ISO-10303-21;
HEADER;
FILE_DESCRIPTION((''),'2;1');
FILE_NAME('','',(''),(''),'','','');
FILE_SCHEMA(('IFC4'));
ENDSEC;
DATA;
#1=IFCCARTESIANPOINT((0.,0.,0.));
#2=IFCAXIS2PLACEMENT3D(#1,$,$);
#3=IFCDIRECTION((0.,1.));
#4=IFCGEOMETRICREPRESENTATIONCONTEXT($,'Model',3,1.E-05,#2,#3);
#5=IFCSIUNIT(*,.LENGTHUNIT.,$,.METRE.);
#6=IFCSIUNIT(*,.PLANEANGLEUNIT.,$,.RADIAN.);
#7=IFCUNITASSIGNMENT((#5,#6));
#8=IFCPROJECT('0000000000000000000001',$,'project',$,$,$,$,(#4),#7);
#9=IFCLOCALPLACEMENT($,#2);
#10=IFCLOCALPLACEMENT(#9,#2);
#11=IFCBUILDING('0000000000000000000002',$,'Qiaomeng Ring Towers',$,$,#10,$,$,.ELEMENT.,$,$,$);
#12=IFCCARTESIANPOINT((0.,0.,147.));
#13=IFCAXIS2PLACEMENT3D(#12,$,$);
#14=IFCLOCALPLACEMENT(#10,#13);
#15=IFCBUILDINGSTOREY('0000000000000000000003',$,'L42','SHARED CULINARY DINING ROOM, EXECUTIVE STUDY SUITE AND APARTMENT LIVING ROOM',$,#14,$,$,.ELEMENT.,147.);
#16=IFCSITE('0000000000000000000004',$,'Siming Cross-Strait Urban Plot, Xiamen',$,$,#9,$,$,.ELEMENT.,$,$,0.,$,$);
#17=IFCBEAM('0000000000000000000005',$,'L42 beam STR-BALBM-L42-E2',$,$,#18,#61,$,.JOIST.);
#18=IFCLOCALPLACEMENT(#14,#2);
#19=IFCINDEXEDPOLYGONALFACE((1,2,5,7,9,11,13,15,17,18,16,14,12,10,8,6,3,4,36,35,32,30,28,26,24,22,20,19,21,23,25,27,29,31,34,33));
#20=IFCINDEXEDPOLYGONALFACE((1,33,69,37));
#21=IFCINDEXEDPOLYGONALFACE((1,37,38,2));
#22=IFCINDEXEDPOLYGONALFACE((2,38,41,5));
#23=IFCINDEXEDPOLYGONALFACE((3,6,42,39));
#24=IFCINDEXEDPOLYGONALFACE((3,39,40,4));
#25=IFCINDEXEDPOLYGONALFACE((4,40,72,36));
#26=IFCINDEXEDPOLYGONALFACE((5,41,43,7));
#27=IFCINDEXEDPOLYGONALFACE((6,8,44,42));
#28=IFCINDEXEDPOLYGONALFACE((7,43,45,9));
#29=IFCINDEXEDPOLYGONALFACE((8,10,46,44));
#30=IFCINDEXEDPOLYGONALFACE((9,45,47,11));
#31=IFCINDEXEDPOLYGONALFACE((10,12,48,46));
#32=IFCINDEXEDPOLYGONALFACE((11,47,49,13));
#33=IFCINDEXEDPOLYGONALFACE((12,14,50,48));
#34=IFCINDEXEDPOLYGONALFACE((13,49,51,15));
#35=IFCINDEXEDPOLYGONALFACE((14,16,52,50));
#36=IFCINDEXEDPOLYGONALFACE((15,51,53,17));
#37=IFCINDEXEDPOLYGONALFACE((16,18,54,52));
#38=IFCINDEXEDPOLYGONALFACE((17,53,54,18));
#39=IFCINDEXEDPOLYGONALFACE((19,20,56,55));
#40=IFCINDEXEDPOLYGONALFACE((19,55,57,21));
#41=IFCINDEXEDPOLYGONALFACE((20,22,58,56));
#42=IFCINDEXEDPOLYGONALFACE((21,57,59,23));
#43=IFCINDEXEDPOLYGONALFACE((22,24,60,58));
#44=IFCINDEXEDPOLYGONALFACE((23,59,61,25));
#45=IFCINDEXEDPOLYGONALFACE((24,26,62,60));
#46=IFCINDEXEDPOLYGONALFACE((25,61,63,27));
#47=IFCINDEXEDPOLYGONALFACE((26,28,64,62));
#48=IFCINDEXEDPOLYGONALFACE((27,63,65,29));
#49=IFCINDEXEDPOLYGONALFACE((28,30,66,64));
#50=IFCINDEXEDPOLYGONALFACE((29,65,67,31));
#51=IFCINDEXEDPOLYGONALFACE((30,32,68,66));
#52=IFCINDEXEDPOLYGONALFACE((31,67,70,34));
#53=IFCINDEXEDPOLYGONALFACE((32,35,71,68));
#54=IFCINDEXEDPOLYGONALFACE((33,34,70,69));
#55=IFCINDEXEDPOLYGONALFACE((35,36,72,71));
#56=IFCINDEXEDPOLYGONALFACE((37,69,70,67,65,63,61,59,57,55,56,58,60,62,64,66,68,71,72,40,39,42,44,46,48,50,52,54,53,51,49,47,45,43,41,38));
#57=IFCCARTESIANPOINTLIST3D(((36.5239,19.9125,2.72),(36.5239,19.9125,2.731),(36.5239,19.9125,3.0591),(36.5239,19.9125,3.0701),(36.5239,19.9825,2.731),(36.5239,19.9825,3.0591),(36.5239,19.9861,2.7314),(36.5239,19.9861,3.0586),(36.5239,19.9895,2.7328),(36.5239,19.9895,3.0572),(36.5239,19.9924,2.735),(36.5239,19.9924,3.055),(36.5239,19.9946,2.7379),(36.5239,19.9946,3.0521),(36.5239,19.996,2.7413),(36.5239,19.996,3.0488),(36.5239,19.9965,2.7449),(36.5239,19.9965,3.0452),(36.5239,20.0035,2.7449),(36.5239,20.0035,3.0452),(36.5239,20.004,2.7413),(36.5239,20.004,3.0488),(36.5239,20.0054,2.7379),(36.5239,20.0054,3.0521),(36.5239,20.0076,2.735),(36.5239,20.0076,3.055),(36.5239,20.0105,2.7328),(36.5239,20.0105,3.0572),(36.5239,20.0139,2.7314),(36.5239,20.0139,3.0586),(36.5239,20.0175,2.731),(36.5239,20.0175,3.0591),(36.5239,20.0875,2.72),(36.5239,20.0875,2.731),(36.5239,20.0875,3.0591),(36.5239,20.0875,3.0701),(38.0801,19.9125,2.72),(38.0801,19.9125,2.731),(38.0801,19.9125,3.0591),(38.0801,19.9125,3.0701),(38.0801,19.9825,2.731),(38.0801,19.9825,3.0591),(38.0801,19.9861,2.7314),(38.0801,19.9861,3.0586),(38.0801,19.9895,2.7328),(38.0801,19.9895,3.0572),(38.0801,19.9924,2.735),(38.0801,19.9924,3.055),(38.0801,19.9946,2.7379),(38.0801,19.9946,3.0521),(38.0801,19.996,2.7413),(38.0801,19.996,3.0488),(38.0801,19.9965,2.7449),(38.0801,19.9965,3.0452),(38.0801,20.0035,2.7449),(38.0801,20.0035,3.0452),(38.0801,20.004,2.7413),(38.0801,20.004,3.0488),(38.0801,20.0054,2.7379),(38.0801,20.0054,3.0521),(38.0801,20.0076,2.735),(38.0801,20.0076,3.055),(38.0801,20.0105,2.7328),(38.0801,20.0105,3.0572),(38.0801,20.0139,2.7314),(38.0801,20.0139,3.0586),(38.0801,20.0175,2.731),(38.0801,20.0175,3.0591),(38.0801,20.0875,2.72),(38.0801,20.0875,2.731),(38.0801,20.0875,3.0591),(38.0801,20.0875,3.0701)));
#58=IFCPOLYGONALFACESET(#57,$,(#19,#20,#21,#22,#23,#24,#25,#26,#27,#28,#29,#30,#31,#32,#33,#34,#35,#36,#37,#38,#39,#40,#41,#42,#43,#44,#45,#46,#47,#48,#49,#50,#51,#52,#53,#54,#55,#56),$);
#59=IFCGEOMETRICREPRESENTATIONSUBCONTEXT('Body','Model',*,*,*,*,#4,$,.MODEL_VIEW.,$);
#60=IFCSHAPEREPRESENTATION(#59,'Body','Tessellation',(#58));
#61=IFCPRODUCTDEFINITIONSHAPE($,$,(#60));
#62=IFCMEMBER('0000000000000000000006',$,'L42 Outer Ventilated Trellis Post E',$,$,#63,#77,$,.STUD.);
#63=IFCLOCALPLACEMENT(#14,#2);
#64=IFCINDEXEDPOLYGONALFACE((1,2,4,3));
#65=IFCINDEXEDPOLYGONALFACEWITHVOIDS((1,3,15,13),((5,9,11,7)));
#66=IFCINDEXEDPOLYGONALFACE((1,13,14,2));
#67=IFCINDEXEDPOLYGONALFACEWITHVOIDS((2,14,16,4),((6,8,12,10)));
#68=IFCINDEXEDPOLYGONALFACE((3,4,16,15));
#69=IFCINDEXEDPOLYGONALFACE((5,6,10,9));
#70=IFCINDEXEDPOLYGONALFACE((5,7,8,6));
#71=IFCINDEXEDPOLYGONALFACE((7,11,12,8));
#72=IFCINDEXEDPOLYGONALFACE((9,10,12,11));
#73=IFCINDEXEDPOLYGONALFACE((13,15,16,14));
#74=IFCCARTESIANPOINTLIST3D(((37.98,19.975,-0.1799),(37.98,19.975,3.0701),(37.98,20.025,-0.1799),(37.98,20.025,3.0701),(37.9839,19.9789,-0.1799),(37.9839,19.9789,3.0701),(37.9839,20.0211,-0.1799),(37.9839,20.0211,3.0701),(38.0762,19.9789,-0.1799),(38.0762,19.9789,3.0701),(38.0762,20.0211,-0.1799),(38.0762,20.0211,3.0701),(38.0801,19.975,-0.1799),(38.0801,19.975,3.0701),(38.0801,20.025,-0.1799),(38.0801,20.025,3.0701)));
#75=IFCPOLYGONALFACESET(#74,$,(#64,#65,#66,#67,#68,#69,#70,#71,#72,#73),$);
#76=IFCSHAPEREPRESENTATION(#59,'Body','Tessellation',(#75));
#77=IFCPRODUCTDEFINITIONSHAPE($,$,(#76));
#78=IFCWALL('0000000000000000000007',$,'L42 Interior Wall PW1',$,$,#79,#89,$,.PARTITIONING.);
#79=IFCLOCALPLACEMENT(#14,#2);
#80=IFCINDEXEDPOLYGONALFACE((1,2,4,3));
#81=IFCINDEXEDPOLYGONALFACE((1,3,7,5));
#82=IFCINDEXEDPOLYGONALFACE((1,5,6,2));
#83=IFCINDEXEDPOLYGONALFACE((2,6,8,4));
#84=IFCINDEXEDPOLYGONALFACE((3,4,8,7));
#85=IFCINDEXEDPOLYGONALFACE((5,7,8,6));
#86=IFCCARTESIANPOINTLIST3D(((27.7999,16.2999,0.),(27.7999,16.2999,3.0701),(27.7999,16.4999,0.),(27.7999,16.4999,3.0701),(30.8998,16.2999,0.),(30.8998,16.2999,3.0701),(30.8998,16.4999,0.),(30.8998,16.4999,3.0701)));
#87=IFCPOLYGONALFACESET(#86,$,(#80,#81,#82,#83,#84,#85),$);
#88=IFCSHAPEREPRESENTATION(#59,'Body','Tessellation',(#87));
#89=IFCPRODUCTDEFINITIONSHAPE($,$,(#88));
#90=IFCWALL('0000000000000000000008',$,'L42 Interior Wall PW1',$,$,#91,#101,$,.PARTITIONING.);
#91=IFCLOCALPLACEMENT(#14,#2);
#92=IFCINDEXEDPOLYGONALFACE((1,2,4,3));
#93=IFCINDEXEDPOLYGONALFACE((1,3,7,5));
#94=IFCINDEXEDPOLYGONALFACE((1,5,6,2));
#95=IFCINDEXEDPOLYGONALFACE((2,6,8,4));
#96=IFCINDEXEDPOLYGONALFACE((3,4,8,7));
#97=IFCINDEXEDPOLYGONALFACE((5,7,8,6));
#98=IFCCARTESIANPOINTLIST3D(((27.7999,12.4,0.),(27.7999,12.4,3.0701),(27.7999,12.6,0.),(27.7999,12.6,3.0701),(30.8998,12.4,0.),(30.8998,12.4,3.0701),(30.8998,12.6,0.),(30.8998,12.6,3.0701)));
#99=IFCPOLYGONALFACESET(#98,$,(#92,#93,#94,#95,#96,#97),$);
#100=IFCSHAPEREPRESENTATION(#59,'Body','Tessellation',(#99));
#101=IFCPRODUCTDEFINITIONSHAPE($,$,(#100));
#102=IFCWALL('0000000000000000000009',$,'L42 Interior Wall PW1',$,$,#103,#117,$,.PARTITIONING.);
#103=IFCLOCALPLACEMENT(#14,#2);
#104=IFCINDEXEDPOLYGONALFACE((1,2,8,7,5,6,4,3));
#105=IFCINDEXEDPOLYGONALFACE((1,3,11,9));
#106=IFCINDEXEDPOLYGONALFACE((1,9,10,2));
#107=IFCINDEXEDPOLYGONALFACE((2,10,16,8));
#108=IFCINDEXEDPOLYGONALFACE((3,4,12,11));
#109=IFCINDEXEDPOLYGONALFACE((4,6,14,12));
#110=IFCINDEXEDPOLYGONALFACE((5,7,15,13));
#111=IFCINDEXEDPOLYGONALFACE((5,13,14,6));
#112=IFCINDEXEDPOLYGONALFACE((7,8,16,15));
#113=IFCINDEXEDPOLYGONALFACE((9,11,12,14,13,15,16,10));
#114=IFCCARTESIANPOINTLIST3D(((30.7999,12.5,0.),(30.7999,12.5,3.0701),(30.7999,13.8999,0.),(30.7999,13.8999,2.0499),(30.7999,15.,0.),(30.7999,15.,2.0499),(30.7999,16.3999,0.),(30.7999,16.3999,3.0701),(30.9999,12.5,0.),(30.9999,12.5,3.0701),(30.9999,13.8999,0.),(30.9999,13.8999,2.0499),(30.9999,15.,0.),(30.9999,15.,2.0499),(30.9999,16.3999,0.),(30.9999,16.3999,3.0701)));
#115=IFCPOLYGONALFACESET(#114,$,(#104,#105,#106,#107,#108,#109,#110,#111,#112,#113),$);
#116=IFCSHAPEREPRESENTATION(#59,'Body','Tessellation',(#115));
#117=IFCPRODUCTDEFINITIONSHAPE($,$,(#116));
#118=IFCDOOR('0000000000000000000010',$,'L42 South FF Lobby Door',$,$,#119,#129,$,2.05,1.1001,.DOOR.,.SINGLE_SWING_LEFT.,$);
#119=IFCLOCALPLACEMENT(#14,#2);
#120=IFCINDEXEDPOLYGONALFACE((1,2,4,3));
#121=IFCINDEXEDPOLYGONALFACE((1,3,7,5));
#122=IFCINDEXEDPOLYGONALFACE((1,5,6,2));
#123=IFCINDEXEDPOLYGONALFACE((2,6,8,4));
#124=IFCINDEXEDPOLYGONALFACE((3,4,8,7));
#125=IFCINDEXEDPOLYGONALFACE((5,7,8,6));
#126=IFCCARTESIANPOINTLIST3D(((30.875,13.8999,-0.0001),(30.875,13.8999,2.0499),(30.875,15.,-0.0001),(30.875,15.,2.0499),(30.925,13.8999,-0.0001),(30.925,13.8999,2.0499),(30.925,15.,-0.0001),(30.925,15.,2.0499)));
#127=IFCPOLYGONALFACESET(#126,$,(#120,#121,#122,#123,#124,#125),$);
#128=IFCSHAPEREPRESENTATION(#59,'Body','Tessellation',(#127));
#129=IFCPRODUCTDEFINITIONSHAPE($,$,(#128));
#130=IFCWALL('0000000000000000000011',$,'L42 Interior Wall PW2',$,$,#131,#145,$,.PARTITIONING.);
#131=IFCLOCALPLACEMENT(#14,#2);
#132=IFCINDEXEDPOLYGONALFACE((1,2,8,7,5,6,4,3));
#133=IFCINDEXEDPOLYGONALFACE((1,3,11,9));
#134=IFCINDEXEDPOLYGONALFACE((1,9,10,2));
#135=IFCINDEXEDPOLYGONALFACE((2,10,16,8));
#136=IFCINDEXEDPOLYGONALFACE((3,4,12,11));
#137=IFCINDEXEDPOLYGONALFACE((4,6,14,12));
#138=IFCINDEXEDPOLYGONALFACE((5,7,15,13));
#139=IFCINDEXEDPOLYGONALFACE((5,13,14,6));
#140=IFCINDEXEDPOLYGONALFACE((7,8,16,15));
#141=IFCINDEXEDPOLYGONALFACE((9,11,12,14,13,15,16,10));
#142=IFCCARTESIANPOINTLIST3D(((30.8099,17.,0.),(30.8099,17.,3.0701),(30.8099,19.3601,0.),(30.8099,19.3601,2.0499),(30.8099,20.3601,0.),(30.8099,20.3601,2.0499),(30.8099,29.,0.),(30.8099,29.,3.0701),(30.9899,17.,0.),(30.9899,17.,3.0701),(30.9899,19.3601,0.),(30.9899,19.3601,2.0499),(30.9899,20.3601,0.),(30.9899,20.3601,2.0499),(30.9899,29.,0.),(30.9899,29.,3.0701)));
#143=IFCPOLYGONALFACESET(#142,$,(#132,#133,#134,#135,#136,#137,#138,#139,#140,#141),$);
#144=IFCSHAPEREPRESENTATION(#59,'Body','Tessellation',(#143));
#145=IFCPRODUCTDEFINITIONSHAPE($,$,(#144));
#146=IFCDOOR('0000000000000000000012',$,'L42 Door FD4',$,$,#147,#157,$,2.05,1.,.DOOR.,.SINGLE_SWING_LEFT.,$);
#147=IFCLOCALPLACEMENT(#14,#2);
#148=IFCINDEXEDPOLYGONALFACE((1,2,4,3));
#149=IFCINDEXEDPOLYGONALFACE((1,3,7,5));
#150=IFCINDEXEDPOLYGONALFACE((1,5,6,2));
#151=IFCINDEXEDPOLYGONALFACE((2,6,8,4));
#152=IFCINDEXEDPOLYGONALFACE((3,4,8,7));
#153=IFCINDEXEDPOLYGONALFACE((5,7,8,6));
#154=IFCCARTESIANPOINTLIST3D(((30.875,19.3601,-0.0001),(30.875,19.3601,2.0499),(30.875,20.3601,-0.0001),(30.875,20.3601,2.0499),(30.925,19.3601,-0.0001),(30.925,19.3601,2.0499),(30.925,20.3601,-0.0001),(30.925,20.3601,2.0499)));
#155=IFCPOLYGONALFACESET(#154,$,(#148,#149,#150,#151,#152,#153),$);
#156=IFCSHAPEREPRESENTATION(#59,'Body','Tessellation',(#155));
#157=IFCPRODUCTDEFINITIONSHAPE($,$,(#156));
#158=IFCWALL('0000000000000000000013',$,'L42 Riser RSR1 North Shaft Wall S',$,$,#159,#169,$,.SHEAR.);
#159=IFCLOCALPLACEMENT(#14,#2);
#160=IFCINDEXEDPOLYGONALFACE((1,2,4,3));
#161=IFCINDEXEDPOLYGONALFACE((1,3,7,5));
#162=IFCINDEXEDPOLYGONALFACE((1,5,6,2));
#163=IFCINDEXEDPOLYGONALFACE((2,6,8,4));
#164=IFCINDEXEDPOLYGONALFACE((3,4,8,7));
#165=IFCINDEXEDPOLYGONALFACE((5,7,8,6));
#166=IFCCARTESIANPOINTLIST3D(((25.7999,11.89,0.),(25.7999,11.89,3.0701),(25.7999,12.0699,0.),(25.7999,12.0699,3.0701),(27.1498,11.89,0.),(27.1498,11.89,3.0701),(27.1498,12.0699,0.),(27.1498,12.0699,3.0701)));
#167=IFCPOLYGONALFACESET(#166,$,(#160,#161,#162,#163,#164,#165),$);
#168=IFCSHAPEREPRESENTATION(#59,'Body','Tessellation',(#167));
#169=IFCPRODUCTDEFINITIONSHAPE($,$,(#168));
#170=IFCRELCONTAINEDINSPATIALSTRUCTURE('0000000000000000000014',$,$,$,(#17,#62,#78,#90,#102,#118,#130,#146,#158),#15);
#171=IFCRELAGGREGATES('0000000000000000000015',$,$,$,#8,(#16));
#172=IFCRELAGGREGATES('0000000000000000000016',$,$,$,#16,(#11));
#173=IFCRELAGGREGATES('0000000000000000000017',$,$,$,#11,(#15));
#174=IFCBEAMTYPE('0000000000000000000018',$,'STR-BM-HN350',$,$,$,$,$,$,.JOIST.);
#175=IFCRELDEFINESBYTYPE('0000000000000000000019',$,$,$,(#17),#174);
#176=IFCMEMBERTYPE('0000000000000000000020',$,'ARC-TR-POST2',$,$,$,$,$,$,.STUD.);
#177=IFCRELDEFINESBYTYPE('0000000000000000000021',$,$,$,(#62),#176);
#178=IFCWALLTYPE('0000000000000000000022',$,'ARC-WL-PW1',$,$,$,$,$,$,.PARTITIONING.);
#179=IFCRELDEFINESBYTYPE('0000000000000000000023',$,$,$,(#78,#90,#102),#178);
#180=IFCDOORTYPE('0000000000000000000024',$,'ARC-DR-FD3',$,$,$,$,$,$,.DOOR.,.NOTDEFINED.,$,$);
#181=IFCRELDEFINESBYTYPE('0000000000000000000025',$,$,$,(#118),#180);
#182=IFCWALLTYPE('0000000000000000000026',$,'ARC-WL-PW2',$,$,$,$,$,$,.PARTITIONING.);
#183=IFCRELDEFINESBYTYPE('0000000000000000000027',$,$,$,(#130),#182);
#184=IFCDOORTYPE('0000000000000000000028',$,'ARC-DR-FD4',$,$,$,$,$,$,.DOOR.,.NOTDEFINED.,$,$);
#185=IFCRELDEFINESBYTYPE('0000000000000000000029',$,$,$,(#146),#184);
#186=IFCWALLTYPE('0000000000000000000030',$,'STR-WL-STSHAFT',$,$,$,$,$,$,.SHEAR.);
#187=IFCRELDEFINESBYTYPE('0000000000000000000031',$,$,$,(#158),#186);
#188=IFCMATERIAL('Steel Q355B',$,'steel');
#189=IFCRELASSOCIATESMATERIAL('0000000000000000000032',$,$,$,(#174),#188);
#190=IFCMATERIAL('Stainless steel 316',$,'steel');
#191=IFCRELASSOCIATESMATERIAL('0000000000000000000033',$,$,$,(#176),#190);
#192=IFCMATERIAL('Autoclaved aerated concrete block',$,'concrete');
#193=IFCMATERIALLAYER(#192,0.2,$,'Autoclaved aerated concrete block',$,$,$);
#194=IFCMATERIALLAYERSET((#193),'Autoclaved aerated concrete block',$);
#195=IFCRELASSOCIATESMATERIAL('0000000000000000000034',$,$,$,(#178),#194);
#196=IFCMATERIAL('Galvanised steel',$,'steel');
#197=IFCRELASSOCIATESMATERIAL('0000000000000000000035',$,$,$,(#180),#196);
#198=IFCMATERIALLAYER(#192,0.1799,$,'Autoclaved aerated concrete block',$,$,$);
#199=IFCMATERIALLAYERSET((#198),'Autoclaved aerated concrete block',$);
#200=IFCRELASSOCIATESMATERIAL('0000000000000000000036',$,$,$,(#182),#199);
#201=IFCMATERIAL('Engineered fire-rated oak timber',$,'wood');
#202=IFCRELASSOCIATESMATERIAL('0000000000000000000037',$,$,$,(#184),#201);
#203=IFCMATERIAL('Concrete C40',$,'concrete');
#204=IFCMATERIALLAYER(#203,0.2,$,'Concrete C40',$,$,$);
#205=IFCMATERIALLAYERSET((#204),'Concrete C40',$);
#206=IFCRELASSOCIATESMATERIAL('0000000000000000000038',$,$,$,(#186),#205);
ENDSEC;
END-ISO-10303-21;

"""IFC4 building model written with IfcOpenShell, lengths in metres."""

from ifc_helpers import new_model, si_unit, direction, frame, frame_2d, origin, origin_2d, place, context, subcontext, project, spatial, rectangle, hollow_rectangle, i_section, extrude, source, transform, mapped, material, layer, layer_set, material_profile, profile_set, type_object, element, fill, save


model = new_model("IFC4")

# Units and contexts
model_context = context("Model", 3, precision=1e-05, world=origin(), true_north=direction((0.0, 1.0)))
body_context = subcontext(model_context, "Body", "Model", "MODEL_VIEW")
ifc_project = project(units=[si_unit("LENGTHUNIT", "METRE"), si_unit("PLANEANGLEUNIT", "RADIAN")], contexts=[model_context])

# Site, building, storey
site_placement = place(None, origin())
site = spatial("IfcSite", under=ifc_project, at=site_placement, Name="Siming Cross-Strait Urban Plot, Xiamen", CompositionType="ELEMENT", RefElevation=0.0)
building_placement = place(site_placement, origin())
building = spatial("IfcBuilding", under=site, at=building_placement, Name="Qiaomeng Ring Towers", CompositionType="ELEMENT")
storey_placement = place(building_placement, frame((0.0, 0.0, 147.0)))
storey = spatial("IfcBuildingStorey", under=building, at=storey_placement, Name="L42", Description="SHARED CULINARY DINING ROOM, EXECUTIVE STUDY SUITE AND APARTMENT LIVING ROOM", CompositionType="ELEMENT", Elevation=147.0)

# Beam
ifc_material_1 = material(Name="Steel Q355B", Category="steel")
ifc_material_profile_1 = material_profile(ifc_material_1, i_section(OverallWidth=0.175, OverallDepth=0.3501, WebThickness=0.0071, FlangeThickness=0.011, FilletRadius=0.0139, at=origin_2d()), Name="HN 350x175x7x11")
ifc_profile_set_1 = profile_set([ifc_material_profile_1], Name="Steel Q355B")
beam_type_1 = type_object("IfcBeamType", Name="STR-BM-HN350", PredefinedType="JOIST", material=ifc_profile_set_1)
shared_shape_1 = source(origin(), body_context, "Body", "SweptSolid", [
    extrude(i_section(OverallWidth=0.175, OverallDepth=0.3501, WebThickness=0.0071, FlangeThickness=0.011, FilletRadius=0.0139, at=origin_2d()), origin(), (0.0, 0.0, 1.0), 1.5562),
])
beam_1_placement = place(storey_placement, frame((36.5239, 20.0, 2.895), z_axis=(1.0, 0.0, 0.0), x_axis=(0.0, 1.0, 0.0)))
element("IfcBeam", 1, at=beam_1_placement, inside=storey, type_object=beam_type_1, Name="L42 beam STR-BALBM-L42-E2", PredefinedType="JOIST", context=body_context, shape_type="MappedRepresentation", body=[
    mapped(shared_shape_1, transform((0.0, 0.0, 0.0), x_axis=(1.0, 0.0, 0.0), y_axis=(0.0, 1.0, 0.0), z_axis=(0.0, 0.0, 1.0), scale=1.0)),
])

# Member
ifc_material_2 = material(Name="Stainless steel 316", Category="steel")
ifc_material_profile_2 = material_profile(ifc_material_2, hollow_rectangle(XDim=0.05, YDim=0.1001, WallThickness=0.0039, at=origin_2d()), Name="SS TRELLIS 100x50")
ifc_profile_set_2 = profile_set([ifc_material_profile_2], Name="Stainless steel 316")
member_type = type_object("IfcMemberType", Name="ARC-TR-POST2", PredefinedType="STUD", material=ifc_profile_set_2)
shared_shape_2 = source(origin(), body_context, "Body", "SweptSolid", [
    extrude(hollow_rectangle(XDim=0.05, YDim=0.1001, WallThickness=0.0039, at=origin_2d()), origin(), (0.0, 0.0, 1.0), 3.25),
])
member_placement = place(storey_placement, frame((38.03, 20.0, -0.1799), z_axis=(0.0, 0.0, 1.0), x_axis=(0.0, 1.0, 0.0)))
element("IfcMember", 2, at=member_placement, inside=storey, type_object=member_type, Name="L42 Outer Ventilated Trellis Post E", PredefinedType="STUD", context=body_context, shape_type="MappedRepresentation", body=[
    mapped(shared_shape_2, transform((0.0, 0.0, 0.0), x_axis=(1.0, 0.0, 0.0), y_axis=(0.0, 1.0, 0.0), z_axis=(0.0, 0.0, 1.0), scale=1.0)),
])

# Walls
ifc_material_3 = material(Name="Autoclaved aerated concrete block", Category="concrete")
ifc_layer_1 = layer(ifc_material_3, 0.2, Name="Autoclaved aerated concrete block")
ifc_layer_set_1 = layer_set([ifc_layer_1], Name="Autoclaved aerated concrete block")
wall_type_1 = type_object("IfcWallType", Name="ARC-WL-PW1", PredefinedType="PARTITIONING", material=ifc_layer_set_1)
for number, where, z_axis, x_axis, name in (
    (3, (27.8, 16.3999, 0.0), (0.0, 0.0, 1.0), (1.0, 0.0, 0.0), "L42 Interior Wall PW1"),
    (4, (27.8, 12.5, 0.0), (0.0, 0.0, 1.0), (1.0, 0.0, 0.0), "L42 Interior Wall PW1"),
):
    element("IfcWall", number, at=place(storey_placement, frame(where, z_axis=z_axis, x_axis=x_axis)), inside=storey, type_object=wall_type_1, Name=name, PredefinedType="PARTITIONING", context=body_context, shape_type="SweptSolid", body=[
        extrude(rectangle(XDim=3.0999, YDim=0.2, at=frame_2d((1.5498, 0.0))), origin(), (0.0, 0.0, 1.0), 3.0701),
    ])

# Walls, openings, doors
wall_1_placement = place(storey_placement, frame((30.8999, 12.5, 0.0), z_axis=(0.0, 0.0, 1.0), x_axis=(0.0, 1.0, 0.0)))
wall_1 = element("IfcWall", 5, at=wall_1_placement, inside=storey, type_object=wall_type_1, Name="L42 Interior Wall PW1", PredefinedType="PARTITIONING", context=body_context, shape_type="SweptSolid", body=[
    extrude(rectangle(XDim=3.8999, YDim=0.2, at=frame_2d((1.95, 0.0))), origin(), (0.0, 0.0, 1.0), 3.0701),
])
opening_1_placement = place(wall_1_placement, frame((1.3999, 0.0, 0.0)))
opening_1 = element("IfcOpeningElement", 6, at=opening_1_placement, cuts=wall_1, PredefinedType="OPENING", context=body_context, shape_type="SweptSolid", body=[
    extrude(rectangle(XDim=1.1001, YDim=2.05, at=frame_2d((0.55, 1.0249))), frame((0.0, 0.1099, 0.0), z_axis=(0.0, -1.0, 0.0), x_axis=(1.0, 0.0, 0.0)), (0.0, 0.0, 1.0), 0.22),
])
ifc_material_4 = material(Name="Galvanised steel", Category="steel")
door_type_1 = type_object("IfcDoorType", Name="ARC-DR-FD3", OperationType="NOTDEFINED", PredefinedType="DOOR", material=ifc_material_4)
shared_shape_3 = source(origin(), body_context, "Body", "SweptSolid", [
    extrude(rectangle(XDim=1.1001, YDim=2.05, at=frame_2d((0.55, 1.0249))), frame((0.0, 0.0249, 0.0), z_axis=(0.0, -1.0, 0.0), x_axis=(1.0, 0.0, 0.0)), (0.0, 0.0, 1.0), 0.05),
])
door_1_placement = place(opening_1_placement, origin())
door_1 = element("IfcDoor", 7, at=door_1_placement, inside=storey, type_object=door_type_1, Name="L42 South FF Lobby Door", OperationType="SINGLE_SWING_LEFT", OverallHeight=2.05, OverallWidth=1.1001, PredefinedType="DOOR", context=body_context, shape_type="MappedRepresentation", body=[
    mapped(shared_shape_3, transform((0.0, 0.0, 0.0), x_axis=(1.0, 0.0, 0.0), y_axis=(0.0, 1.0, 0.0), z_axis=(0.0, 0.0, 1.0), scale=1.0)),
])
fill(opening_1, door_1)
ifc_layer_2 = layer(ifc_material_3, 0.1799, Name="Autoclaved aerated concrete block")
ifc_layer_set_2 = layer_set([ifc_layer_2], Name="Autoclaved aerated concrete block")
wall_type_2 = type_object("IfcWallType", Name="ARC-WL-PW2", PredefinedType="PARTITIONING", material=ifc_layer_set_2)
wall_2_placement = place(storey_placement, frame((30.8999, 17.0, 0.0), z_axis=(0.0, 0.0, 1.0), x_axis=(0.0, 1.0, 0.0)))
wall_2 = element("IfcWall", 8, at=wall_2_placement, inside=storey, type_object=wall_type_2, Name="L42 Interior Wall PW2", PredefinedType="PARTITIONING", context=body_context, shape_type="SweptSolid", body=[
    extrude(rectangle(XDim=12.0, YDim=0.1799, at=frame_2d((6.0, 0.0))), origin(), (0.0, 0.0, 1.0), 3.0701),
])
opening_2_placement = place(wall_2_placement, frame((2.3601, 0.0, 0.0)))
opening_2 = element("IfcOpeningElement", 9, at=opening_2_placement, cuts=wall_2, PredefinedType="OPENING", context=body_context, shape_type="SweptSolid", body=[
    extrude(rectangle(XDim=1.0, YDim=2.05, at=frame_2d((0.5, 1.0249))), frame((0.0, 0.0999, 0.0), z_axis=(0.0, -1.0, 0.0), x_axis=(1.0, 0.0, 0.0)), (0.0, 0.0, 1.0), 0.2),
])
ifc_material_5 = material(Name="Engineered fire-rated oak timber", Category="wood")
door_type_2 = type_object("IfcDoorType", Name="ARC-DR-FD4", OperationType="NOTDEFINED", PredefinedType="DOOR", material=ifc_material_5)
shared_shape_4 = source(origin(), body_context, "Body", "SweptSolid", [
    extrude(rectangle(XDim=1.0, YDim=2.05, at=frame_2d((0.5, 1.0249))), frame((0.0, 0.0249, 0.0), z_axis=(0.0, -1.0, 0.0), x_axis=(1.0, 0.0, 0.0)), (0.0, 0.0, 1.0), 0.05),
])
door_2_placement = place(opening_2_placement, origin())
door_2 = element("IfcDoor", 10, at=door_2_placement, inside=storey, type_object=door_type_2, Name="L42 Door FD4", OperationType="SINGLE_SWING_LEFT", OverallHeight=2.05, OverallWidth=1.0, PredefinedType="DOOR", context=body_context, shape_type="MappedRepresentation", body=[
    mapped(shared_shape_4, transform((0.0, 0.0, 0.0), x_axis=(1.0, 0.0, 0.0), y_axis=(0.0, 1.0, 0.0), z_axis=(0.0, 0.0, 1.0), scale=1.0)),
])
fill(opening_2, door_2)

# Wall
ifc_material_6 = material(Name="Concrete C40", Category="concrete")
ifc_layer_3 = layer(ifc_material_6, 0.2, Name="Concrete C40")
ifc_layer_set_3 = layer_set([ifc_layer_3], Name="Concrete C40")
wall_type_3 = type_object("IfcWallType", Name="STR-WL-STSHAFT", PredefinedType="SHEAR", material=ifc_layer_set_3)
for number, where, z_axis, x_axis, name in (
    (11, (25.8, 11.98, 0.0), (0.0, 0.0, 1.0), (1.0, 0.0, 0.0), "L42 Riser RSR1 North Shaft Wall S"),
):
    element("IfcWall", number, at=place(storey_placement, frame(where, z_axis=z_axis, x_axis=x_axis)), inside=storey, type_object=wall_type_3, Name=name, PredefinedType="SHEAR", context=body_context, shape_type="SweptSolid", body=[
        extrude(rectangle(XDim=1.3499, YDim=0.1799, at=frame_2d((0.6748, 0.0))), origin(), (0.0, 0.0, 1.0), 3.0701),
    ])

save(model, "model.ifc")
